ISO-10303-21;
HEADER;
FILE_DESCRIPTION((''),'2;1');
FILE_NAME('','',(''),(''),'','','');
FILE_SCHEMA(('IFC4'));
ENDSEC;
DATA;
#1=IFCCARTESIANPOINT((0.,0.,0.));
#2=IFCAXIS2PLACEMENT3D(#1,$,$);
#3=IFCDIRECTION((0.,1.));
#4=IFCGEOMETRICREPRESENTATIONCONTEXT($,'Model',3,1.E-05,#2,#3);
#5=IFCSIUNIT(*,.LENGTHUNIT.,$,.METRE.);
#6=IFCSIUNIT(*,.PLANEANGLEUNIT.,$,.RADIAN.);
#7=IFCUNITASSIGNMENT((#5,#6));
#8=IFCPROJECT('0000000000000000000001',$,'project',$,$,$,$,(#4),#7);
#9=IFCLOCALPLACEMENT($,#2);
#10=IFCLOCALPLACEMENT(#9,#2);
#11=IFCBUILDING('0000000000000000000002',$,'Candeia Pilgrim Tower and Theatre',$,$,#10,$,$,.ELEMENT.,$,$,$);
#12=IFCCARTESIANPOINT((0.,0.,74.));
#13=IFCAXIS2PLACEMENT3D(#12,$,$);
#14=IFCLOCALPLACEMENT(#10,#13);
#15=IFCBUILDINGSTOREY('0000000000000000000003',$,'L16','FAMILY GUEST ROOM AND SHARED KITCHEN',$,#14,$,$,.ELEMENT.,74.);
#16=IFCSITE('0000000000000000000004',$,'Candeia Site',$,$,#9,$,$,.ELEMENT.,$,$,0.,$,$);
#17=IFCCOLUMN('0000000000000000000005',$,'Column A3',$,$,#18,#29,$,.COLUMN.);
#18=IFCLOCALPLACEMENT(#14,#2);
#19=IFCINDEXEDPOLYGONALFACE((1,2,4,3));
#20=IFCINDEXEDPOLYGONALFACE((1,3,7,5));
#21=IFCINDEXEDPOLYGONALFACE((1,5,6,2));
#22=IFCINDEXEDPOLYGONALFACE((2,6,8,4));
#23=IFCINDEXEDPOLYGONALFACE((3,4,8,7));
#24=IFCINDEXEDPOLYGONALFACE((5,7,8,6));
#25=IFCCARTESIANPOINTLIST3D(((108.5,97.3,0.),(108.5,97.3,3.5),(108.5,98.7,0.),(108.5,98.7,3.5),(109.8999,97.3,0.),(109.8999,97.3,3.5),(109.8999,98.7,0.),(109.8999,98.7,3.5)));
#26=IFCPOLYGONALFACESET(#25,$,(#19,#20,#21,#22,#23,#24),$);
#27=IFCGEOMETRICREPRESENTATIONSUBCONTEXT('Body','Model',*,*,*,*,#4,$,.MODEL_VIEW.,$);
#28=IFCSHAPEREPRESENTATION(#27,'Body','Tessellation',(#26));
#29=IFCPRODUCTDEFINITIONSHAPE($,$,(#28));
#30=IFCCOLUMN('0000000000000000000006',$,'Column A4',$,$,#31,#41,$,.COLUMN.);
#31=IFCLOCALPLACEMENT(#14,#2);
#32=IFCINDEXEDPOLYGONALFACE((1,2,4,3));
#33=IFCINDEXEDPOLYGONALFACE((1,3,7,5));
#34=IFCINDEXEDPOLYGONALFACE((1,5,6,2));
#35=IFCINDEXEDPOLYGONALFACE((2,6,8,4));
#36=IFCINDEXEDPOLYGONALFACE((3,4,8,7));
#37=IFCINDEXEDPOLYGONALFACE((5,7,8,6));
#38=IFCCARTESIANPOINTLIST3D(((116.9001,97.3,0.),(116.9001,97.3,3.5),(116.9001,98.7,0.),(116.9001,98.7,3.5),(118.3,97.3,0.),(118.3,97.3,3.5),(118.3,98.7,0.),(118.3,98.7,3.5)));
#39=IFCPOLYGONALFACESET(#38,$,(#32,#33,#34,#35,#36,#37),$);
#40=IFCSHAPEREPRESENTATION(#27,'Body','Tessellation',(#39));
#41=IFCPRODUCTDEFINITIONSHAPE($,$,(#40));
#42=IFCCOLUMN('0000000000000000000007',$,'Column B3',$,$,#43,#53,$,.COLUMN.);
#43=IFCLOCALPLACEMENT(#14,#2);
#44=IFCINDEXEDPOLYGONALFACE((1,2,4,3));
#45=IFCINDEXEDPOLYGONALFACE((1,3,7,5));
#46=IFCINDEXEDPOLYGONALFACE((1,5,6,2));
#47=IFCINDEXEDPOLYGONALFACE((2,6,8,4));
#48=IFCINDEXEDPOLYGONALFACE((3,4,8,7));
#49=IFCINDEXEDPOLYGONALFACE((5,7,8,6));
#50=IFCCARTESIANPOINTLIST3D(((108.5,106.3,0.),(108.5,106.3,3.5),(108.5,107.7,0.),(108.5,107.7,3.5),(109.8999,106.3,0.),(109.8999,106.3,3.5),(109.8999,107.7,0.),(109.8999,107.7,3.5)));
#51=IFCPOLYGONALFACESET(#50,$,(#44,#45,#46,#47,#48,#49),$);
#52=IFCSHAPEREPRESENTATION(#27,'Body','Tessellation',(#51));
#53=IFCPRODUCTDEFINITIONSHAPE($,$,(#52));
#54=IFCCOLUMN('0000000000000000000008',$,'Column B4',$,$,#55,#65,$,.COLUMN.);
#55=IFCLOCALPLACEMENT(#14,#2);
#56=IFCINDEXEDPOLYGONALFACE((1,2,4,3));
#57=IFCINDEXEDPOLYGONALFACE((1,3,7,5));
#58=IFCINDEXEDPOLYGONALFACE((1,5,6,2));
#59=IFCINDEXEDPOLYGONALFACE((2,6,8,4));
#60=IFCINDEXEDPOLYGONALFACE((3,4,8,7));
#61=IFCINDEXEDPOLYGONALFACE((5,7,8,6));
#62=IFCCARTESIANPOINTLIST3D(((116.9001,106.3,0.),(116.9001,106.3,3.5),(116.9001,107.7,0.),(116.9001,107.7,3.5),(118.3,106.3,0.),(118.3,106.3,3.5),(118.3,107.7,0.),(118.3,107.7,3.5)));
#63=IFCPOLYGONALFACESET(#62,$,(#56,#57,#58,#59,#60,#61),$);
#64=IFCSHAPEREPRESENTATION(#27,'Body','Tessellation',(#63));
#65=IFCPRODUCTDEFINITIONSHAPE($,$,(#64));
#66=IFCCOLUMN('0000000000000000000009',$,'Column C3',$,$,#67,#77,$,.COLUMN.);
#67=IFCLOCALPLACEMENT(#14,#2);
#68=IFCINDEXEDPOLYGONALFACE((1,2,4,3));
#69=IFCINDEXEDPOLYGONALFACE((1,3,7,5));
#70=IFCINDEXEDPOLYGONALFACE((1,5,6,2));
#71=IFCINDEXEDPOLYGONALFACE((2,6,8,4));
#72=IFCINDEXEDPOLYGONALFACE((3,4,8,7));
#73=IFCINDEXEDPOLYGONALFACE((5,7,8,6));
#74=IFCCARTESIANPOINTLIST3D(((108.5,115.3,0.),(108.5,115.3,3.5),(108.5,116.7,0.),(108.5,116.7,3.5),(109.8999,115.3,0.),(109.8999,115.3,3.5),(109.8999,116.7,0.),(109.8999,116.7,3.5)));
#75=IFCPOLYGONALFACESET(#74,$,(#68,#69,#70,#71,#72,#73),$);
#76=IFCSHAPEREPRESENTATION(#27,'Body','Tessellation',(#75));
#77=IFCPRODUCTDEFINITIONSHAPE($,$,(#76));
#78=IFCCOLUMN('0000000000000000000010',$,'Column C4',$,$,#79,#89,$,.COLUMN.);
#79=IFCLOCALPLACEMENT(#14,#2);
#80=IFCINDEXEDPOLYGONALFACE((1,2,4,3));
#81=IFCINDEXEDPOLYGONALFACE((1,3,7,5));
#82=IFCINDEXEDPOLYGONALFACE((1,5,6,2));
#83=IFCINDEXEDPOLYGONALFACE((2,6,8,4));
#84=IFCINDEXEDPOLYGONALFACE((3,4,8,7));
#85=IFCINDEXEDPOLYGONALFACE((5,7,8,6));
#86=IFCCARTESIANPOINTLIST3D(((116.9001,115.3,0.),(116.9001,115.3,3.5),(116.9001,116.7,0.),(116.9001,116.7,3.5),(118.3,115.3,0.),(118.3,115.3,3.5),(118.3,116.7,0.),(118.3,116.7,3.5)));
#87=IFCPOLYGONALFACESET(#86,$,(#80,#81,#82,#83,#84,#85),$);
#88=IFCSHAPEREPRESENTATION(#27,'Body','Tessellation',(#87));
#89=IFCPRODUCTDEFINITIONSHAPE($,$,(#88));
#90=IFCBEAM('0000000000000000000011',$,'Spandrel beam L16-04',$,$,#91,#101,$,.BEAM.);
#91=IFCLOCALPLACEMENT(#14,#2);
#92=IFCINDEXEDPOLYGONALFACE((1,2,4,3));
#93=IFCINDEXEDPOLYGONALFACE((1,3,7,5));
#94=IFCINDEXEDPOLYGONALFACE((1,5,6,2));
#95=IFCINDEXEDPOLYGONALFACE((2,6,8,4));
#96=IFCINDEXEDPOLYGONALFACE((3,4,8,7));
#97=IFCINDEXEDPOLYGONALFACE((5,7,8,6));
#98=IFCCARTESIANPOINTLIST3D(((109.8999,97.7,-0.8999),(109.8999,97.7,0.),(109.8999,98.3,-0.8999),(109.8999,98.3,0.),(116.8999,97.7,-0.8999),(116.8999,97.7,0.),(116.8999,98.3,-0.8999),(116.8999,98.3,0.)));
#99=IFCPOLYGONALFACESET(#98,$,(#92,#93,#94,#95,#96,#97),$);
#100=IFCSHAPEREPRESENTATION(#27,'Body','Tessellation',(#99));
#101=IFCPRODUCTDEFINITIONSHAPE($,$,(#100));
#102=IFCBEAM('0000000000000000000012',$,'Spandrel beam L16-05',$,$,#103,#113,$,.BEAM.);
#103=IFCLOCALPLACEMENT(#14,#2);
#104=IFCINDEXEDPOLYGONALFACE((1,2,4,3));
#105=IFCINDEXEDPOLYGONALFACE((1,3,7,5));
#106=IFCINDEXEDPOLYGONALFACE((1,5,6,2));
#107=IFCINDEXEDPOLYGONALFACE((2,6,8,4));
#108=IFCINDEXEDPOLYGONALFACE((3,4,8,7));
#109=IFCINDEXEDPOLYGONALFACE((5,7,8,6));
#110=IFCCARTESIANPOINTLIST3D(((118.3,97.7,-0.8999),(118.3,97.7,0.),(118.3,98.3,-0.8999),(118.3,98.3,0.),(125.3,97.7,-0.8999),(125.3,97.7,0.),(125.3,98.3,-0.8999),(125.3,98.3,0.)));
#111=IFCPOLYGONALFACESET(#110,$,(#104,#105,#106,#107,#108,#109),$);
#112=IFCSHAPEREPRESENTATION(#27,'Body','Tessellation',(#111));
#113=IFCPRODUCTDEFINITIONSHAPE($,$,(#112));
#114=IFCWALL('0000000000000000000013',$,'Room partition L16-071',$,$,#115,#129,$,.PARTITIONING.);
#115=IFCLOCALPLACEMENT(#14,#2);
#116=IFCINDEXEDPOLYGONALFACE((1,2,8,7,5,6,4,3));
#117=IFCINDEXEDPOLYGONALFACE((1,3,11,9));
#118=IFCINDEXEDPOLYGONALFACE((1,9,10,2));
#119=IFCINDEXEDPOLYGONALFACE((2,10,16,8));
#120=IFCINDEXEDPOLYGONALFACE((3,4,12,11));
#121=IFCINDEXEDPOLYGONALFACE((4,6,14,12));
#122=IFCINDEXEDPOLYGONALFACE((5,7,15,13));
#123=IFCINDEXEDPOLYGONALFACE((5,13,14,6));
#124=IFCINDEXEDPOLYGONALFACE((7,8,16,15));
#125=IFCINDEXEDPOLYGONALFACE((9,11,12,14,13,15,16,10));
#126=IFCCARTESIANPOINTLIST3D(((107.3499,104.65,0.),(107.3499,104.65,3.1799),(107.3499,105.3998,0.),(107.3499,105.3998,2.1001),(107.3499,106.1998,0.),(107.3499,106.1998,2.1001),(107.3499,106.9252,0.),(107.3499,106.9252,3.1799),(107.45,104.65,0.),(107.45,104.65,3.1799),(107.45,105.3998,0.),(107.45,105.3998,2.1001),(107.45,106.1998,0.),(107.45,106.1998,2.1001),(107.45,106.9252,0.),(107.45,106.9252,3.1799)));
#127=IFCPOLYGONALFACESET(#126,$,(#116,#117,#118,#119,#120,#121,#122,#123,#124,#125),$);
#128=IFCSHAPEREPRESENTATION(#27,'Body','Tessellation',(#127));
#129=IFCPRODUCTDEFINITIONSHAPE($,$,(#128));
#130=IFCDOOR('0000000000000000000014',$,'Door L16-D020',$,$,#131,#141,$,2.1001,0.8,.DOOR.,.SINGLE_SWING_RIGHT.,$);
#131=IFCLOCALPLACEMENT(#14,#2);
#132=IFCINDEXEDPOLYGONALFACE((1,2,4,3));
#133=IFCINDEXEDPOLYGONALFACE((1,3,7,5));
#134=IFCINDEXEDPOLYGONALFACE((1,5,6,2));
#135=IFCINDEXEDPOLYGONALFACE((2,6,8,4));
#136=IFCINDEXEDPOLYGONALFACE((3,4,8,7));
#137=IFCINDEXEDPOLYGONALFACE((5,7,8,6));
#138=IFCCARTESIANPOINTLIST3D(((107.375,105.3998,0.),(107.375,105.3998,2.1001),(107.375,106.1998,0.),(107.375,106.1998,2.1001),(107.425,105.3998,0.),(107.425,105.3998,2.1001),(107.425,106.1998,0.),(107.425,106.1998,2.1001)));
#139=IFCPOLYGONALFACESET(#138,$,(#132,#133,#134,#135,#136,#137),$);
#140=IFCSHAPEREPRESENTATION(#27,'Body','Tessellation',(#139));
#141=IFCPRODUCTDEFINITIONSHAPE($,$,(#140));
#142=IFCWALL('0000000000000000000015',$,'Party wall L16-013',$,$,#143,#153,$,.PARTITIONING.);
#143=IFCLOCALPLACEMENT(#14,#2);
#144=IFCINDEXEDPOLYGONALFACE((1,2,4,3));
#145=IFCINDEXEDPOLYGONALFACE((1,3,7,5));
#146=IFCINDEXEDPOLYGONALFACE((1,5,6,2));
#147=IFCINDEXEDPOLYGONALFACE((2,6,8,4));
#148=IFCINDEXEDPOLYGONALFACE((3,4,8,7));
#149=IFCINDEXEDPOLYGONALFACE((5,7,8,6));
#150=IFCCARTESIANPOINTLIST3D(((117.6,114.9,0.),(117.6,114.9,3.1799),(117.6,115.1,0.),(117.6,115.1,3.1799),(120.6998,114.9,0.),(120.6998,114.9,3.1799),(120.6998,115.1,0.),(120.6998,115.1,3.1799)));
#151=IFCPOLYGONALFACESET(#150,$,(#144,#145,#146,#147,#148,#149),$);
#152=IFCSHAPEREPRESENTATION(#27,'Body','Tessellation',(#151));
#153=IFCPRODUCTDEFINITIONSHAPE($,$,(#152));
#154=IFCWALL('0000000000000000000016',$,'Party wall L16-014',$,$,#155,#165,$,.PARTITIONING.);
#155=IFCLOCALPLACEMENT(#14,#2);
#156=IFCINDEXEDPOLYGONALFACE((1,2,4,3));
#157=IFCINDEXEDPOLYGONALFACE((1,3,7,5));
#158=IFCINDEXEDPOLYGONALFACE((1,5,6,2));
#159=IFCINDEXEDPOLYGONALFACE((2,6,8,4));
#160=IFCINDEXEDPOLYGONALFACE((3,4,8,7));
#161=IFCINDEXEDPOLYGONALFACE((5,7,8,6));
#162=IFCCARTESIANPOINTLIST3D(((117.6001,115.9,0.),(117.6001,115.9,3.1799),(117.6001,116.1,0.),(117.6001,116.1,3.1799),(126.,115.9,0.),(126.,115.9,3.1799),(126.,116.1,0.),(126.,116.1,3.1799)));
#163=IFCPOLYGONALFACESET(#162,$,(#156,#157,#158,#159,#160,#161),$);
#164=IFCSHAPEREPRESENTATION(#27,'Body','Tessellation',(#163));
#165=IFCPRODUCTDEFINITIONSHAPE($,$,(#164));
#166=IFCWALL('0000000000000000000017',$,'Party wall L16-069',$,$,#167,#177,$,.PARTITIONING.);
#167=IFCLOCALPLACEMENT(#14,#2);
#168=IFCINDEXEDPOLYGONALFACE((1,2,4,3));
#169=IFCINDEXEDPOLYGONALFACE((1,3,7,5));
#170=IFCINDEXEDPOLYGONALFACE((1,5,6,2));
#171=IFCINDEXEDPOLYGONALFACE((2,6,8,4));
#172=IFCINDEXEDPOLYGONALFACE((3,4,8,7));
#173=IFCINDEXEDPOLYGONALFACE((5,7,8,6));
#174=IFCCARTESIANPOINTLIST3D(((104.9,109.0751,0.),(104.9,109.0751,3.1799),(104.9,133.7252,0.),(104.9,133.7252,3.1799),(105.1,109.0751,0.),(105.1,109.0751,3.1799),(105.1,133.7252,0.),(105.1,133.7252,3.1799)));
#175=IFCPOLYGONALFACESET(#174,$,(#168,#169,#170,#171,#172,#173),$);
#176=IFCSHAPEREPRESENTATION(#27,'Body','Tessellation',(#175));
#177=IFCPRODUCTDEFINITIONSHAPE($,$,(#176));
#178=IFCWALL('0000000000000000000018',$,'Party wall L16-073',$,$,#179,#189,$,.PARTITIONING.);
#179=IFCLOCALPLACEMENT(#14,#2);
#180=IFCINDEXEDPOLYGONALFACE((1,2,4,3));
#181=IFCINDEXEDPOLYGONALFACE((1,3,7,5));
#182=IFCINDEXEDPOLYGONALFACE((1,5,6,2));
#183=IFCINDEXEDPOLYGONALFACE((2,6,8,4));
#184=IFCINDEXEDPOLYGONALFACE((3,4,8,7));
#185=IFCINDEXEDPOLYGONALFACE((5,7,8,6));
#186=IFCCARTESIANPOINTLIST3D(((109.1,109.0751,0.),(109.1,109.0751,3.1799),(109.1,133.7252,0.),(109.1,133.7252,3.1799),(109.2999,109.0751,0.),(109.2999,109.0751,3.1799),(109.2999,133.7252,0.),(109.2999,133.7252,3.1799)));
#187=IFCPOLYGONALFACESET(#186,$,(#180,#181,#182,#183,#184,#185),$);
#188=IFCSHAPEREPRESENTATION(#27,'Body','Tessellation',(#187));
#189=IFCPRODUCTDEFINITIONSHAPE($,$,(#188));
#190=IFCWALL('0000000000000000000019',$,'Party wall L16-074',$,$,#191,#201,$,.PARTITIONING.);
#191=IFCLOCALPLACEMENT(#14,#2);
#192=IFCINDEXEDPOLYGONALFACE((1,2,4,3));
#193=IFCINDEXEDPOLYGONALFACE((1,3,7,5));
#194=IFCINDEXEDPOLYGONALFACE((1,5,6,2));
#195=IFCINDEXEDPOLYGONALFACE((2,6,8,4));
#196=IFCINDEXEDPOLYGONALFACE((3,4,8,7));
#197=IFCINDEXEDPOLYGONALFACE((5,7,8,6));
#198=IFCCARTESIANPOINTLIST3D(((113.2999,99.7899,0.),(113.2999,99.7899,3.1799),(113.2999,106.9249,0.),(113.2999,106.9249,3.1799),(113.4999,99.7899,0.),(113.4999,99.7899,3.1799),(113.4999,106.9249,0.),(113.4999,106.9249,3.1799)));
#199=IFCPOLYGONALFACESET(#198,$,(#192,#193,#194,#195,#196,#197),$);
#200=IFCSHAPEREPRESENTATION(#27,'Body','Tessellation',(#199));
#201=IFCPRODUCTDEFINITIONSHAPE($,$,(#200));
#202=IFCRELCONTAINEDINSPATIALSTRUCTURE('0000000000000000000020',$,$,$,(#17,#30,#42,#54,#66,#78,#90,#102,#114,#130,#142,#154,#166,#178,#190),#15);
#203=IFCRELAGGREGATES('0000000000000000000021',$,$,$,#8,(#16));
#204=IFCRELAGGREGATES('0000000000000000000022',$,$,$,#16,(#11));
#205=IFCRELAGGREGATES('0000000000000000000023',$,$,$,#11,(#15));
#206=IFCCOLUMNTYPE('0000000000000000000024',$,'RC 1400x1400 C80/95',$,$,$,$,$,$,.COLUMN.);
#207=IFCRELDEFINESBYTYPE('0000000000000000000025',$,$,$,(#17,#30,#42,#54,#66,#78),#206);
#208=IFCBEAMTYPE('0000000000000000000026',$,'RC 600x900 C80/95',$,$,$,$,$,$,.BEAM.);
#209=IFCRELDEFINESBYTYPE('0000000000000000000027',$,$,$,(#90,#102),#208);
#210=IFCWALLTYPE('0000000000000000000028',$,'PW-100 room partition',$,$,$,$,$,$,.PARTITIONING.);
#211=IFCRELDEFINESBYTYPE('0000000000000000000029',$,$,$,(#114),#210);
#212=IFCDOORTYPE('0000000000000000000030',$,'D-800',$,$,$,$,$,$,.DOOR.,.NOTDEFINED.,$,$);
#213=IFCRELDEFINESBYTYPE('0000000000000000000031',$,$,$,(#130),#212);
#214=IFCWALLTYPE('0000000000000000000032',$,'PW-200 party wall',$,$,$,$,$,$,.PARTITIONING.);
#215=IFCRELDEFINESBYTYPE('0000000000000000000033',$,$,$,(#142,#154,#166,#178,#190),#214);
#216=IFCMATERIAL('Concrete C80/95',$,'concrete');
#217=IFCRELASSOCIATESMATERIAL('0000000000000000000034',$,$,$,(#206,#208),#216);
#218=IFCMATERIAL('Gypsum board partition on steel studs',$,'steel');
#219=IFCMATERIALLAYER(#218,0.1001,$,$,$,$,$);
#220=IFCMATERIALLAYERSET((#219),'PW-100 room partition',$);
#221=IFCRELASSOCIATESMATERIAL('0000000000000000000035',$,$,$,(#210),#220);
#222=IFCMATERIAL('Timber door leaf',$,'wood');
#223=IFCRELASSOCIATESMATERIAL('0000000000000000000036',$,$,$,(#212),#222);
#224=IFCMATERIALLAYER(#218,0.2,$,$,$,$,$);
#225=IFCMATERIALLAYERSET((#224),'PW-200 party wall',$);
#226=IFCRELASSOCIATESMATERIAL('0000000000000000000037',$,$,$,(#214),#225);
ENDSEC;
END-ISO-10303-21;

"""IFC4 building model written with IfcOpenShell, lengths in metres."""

from ifc_helpers import new_model, si_unit, direction, frame, frame_2d, origin, origin_2d, place, context, subcontext, project, spatial, rectangle, extrude, material, layer, layer_set, material_profile, profile_set, type_object, element, fill, save


model = new_model("IFC4")

# Units and contexts
model_context = context("Model", 3, precision=1e-05, world=origin(), true_north=direction((0.0, 1.0)))
body_context = subcontext(model_context, "Body", "Model", "MODEL_VIEW")
ifc_project = project(units=[si_unit("LENGTHUNIT", "METRE"), si_unit("PLANEANGLEUNIT", "RADIAN")], contexts=[model_context])

# Site, building, storey
site_placement = place(None, origin())
site = spatial("IfcSite", under=ifc_project, at=site_placement, Name="Candeia Site", CompositionType="ELEMENT", RefElevation=0.0)
building_placement = place(site_placement, origin())
building = spatial("IfcBuilding", under=site, at=building_placement, Name="Candeia Pilgrim Tower and Theatre", CompositionType="ELEMENT")
storey_placement = place(building_placement, frame((0.0, 0.0, 74.0)))
storey = spatial("IfcBuildingStorey", under=building, at=storey_placement, Name="L16", Description="FAMILY GUEST ROOM AND SHARED KITCHEN", CompositionType="ELEMENT", Elevation=74.0)

# Columns
ifc_material_1 = material(Name="Concrete C80/95", Category="concrete")
ifc_material_profile_1 = material_profile(ifc_material_1, rectangle(XDim=1.3999, YDim=1.3999, at=origin_2d()))
ifc_profile_set_1 = profile_set([ifc_material_profile_1], Name="Concrete C80/95")
column_type = type_object("IfcColumnType", Name="RC 1400x1400 C80/95", PredefinedType="COLUMN", material=ifc_profile_set_1)
for number, where, z_axis, x_axis, name in (
    (1, (109.2, 98.0, 0.0), (0.0, 0.0, 1.0), (1.0, 0.0, 0.0), "Column A3"),
    (2, (117.6001, 98.0, 0.0), (0.0, 0.0, 1.0), (1.0, 0.0, 0.0), "Column A4"),
    (3, (109.2, 107.0, 0.0), (0.0, 0.0, 1.0), (1.0, 0.0, 0.0), "Column B3"),
    (4, (117.6001, 107.0, 0.0), (0.0, 0.0, 1.0), (1.0, 0.0, 0.0), "Column B4"),
    (5, (109.2, 116.0, 0.0), (0.0, 0.0, 1.0), (1.0, 0.0, 0.0), "Column C3"),
    (6, (117.6001, 116.0, 0.0), (0.0, 0.0, 1.0), (1.0, 0.0, 0.0), "Column C4"),
):
    element("IfcColumn", number, at=place(storey_placement, frame(where, z_axis=z_axis, x_axis=x_axis)), inside=storey, type_object=column_type, Name=name, PredefinedType="COLUMN", context=body_context, shape_type="SweptSolid", body=[
        extrude(rectangle(XDim=1.3999, YDim=1.3999, at=origin_2d()), origin(), (0.0, 0.0, 1.0), 3.5),
    ])

# Beams
ifc_material_profile_2 = material_profile(ifc_material_1, rectangle(XDim=0.6001, YDim=0.8999, at=origin_2d()))
ifc_profile_set_2 = profile_set([ifc_material_profile_2], Name="Concrete C80/95")
beam_type = type_object("IfcBeamType", Name="RC 600x900 C80/95", PredefinedType="BEAM", material=ifc_profile_set_2)
for number, where, z_axis, x_axis, name in (
    (7, (109.8999, 98.0, -0.45), (1.0, 0.0, 0.0), (0.0, 1.0, 0.0), "Spandrel beam L16-04"),
    (8, (118.3, 98.0, -0.45), (1.0, 0.0, 0.0), (0.0, 1.0, 0.0), "Spandrel beam L16-05"),
):
    element("IfcBeam", number, at=place(storey_placement, frame(where, z_axis=z_axis, x_axis=x_axis)), inside=storey, type_object=beam_type, Name=name, PredefinedType="BEAM", context=body_context, shape_type="SweptSolid", body=[
        extrude(rectangle(XDim=0.6001, YDim=0.8999, at=origin_2d()), origin(), (0.0, 0.0, 1.0), 7.0),
    ])

# Wall, opening, door
ifc_material_2 = material(Name="Gypsum board partition on steel studs", Category="steel")
ifc_layer_1 = layer(ifc_material_2, 0.1001)
ifc_layer_set_1 = layer_set([ifc_layer_1], Name="PW-100 room partition")
wall_type_1 = type_object("IfcWallType", Name="PW-100 room partition", PredefinedType="PARTITIONING", material=ifc_layer_set_1)
wall_1_placement = place(storey_placement, frame((107.3999, 104.6499, 0.0), z_axis=(0.0, 0.0, 1.0), x_axis=(0.0, 1.0, 0.0)))
wall_1 = element("IfcWall", 9, at=wall_1_placement, inside=storey, type_object=wall_type_1, Name="Room partition L16-071", PredefinedType="PARTITIONING", context=body_context, shape_type="SweptSolid", body=[
    extrude(rectangle(XDim=2.2751, YDim=0.1001, at=frame_2d((1.1377, 0.0))), origin(), (0.0, 0.0, 1.0), 3.1799),
])
opening_placement = place(wall_1_placement, frame((0.75, 0.0, 0.0)))
opening = element("IfcOpeningElement", 10, at=opening_placement, cuts=wall_1, PredefinedType="OPENING", context=body_context, shape_type="SweptSolid", body=[
    extrude(rectangle(XDim=0.8, YDim=2.1001, at=frame_2d((0.3999, 1.05))), frame((0.0, 0.0601, 0.0), z_axis=(0.0, -1.0, 0.0), x_axis=(1.0, 0.0, 0.0)), (0.0, 0.0, 1.0), 0.1201),
])
ifc_material_3 = material(Name="Timber door leaf", Category="wood")
door_type = type_object("IfcDoorType", Name="D-800", OperationType="NOTDEFINED", PredefinedType="DOOR", material=ifc_material_3)
door_placement = place(opening_placement, origin())
door = element("IfcDoor", 11, at=door_placement, inside=storey, type_object=door_type, Name="Door L16-D020", OperationType="SINGLE_SWING_RIGHT", OverallHeight=2.1001, OverallWidth=0.8, PredefinedType="DOOR", context=body_context, shape_type="SweptSolid", body=[
    extrude(rectangle(XDim=0.8, YDim=2.1001, at=frame_2d((0.3999, 1.05))), frame((0.0, 0.0249, 0.0), z_axis=(0.0, -1.0, 0.0), x_axis=(1.0, 0.0, 0.0)), (0.0, 0.0, 1.0), 0.05),
])
fill(opening, door)

# Walls
ifc_layer_2 = layer(ifc_material_2, 0.2)
ifc_layer_set_2 = layer_set([ifc_layer_2], Name="PW-200 party wall")
wall_type_2 = type_object("IfcWallType", Name="PW-200 party wall", PredefinedType="PARTITIONING", material=ifc_layer_set_2)
wall_2_placement = place(storey_placement, frame((117.6001, 115.0, 0.0), z_axis=(0.0, 0.0, 1.0), x_axis=(1.0, 0.0, 0.0)))
element("IfcWall", 12, at=wall_2_placement, inside=storey, type_object=wall_type_2, Name="Party wall L16-013", PredefinedType="PARTITIONING", context=body_context, shape_type="SweptSolid", body=[
    extrude(rectangle(XDim=3.0999, YDim=0.2, at=frame_2d((1.5498, 0.0))), origin(), (0.0, 0.0, 1.0), 3.1799),
])
wall_3_placement = place(storey_placement, frame((117.6001, 116.0, 0.0), z_axis=(0.0, 0.0, 1.0), x_axis=(1.0, 0.0, 0.0)))
element("IfcWall", 13, at=wall_3_placement, inside=storey, type_object=wall_type_2, Name="Party wall L16-014", PredefinedType="PARTITIONING", context=body_context, shape_type="SweptSolid", body=[
    extrude(rectangle(XDim=8.3999, YDim=0.2, at=frame_2d((4.2, 0.0))), origin(), (0.0, 0.0, 1.0), 3.1799),
])
for number, where, z_axis, x_axis, name in (
    (14, (105.0, 109.075, 0.0), (0.0, 0.0, 1.0), (0.0, 1.0, 0.0), "Party wall L16-069"),
    (15, (109.2, 109.075, 0.0), (0.0, 0.0, 1.0), (0.0, 1.0, 0.0), "Party wall L16-073"),
):
    element("IfcWall", number, at=place(storey_placement, frame(where, z_axis=z_axis, x_axis=x_axis)), inside=storey, type_object=wall_type_2, Name=name, PredefinedType="PARTITIONING", context=body_context, shape_type="SweptSolid", body=[
        extrude(rectangle(XDim=24.6501, YDim=0.2, at=frame_2d((12.3252, 0.0))), origin(), (0.0, 0.0, 1.0), 3.1799),
    ])
wall_4_placement = place(storey_placement, frame((113.3999, 99.79, 0.0), z_axis=(0.0, 0.0, 1.0), x_axis=(0.0, 1.0, 0.0)))
element("IfcWall", 16, at=wall_4_placement, inside=storey, type_object=wall_type_2, Name="Party wall L16-074", PredefinedType="PARTITIONING", context=body_context, shape_type="SweptSolid", body=[
    extrude(rectangle(XDim=7.135, YDim=0.2, at=frame_2d((3.5674, 0.0))), origin(), (0.0, 0.0, 1.0), 3.1799),
])

save(model, "model.ifc")
